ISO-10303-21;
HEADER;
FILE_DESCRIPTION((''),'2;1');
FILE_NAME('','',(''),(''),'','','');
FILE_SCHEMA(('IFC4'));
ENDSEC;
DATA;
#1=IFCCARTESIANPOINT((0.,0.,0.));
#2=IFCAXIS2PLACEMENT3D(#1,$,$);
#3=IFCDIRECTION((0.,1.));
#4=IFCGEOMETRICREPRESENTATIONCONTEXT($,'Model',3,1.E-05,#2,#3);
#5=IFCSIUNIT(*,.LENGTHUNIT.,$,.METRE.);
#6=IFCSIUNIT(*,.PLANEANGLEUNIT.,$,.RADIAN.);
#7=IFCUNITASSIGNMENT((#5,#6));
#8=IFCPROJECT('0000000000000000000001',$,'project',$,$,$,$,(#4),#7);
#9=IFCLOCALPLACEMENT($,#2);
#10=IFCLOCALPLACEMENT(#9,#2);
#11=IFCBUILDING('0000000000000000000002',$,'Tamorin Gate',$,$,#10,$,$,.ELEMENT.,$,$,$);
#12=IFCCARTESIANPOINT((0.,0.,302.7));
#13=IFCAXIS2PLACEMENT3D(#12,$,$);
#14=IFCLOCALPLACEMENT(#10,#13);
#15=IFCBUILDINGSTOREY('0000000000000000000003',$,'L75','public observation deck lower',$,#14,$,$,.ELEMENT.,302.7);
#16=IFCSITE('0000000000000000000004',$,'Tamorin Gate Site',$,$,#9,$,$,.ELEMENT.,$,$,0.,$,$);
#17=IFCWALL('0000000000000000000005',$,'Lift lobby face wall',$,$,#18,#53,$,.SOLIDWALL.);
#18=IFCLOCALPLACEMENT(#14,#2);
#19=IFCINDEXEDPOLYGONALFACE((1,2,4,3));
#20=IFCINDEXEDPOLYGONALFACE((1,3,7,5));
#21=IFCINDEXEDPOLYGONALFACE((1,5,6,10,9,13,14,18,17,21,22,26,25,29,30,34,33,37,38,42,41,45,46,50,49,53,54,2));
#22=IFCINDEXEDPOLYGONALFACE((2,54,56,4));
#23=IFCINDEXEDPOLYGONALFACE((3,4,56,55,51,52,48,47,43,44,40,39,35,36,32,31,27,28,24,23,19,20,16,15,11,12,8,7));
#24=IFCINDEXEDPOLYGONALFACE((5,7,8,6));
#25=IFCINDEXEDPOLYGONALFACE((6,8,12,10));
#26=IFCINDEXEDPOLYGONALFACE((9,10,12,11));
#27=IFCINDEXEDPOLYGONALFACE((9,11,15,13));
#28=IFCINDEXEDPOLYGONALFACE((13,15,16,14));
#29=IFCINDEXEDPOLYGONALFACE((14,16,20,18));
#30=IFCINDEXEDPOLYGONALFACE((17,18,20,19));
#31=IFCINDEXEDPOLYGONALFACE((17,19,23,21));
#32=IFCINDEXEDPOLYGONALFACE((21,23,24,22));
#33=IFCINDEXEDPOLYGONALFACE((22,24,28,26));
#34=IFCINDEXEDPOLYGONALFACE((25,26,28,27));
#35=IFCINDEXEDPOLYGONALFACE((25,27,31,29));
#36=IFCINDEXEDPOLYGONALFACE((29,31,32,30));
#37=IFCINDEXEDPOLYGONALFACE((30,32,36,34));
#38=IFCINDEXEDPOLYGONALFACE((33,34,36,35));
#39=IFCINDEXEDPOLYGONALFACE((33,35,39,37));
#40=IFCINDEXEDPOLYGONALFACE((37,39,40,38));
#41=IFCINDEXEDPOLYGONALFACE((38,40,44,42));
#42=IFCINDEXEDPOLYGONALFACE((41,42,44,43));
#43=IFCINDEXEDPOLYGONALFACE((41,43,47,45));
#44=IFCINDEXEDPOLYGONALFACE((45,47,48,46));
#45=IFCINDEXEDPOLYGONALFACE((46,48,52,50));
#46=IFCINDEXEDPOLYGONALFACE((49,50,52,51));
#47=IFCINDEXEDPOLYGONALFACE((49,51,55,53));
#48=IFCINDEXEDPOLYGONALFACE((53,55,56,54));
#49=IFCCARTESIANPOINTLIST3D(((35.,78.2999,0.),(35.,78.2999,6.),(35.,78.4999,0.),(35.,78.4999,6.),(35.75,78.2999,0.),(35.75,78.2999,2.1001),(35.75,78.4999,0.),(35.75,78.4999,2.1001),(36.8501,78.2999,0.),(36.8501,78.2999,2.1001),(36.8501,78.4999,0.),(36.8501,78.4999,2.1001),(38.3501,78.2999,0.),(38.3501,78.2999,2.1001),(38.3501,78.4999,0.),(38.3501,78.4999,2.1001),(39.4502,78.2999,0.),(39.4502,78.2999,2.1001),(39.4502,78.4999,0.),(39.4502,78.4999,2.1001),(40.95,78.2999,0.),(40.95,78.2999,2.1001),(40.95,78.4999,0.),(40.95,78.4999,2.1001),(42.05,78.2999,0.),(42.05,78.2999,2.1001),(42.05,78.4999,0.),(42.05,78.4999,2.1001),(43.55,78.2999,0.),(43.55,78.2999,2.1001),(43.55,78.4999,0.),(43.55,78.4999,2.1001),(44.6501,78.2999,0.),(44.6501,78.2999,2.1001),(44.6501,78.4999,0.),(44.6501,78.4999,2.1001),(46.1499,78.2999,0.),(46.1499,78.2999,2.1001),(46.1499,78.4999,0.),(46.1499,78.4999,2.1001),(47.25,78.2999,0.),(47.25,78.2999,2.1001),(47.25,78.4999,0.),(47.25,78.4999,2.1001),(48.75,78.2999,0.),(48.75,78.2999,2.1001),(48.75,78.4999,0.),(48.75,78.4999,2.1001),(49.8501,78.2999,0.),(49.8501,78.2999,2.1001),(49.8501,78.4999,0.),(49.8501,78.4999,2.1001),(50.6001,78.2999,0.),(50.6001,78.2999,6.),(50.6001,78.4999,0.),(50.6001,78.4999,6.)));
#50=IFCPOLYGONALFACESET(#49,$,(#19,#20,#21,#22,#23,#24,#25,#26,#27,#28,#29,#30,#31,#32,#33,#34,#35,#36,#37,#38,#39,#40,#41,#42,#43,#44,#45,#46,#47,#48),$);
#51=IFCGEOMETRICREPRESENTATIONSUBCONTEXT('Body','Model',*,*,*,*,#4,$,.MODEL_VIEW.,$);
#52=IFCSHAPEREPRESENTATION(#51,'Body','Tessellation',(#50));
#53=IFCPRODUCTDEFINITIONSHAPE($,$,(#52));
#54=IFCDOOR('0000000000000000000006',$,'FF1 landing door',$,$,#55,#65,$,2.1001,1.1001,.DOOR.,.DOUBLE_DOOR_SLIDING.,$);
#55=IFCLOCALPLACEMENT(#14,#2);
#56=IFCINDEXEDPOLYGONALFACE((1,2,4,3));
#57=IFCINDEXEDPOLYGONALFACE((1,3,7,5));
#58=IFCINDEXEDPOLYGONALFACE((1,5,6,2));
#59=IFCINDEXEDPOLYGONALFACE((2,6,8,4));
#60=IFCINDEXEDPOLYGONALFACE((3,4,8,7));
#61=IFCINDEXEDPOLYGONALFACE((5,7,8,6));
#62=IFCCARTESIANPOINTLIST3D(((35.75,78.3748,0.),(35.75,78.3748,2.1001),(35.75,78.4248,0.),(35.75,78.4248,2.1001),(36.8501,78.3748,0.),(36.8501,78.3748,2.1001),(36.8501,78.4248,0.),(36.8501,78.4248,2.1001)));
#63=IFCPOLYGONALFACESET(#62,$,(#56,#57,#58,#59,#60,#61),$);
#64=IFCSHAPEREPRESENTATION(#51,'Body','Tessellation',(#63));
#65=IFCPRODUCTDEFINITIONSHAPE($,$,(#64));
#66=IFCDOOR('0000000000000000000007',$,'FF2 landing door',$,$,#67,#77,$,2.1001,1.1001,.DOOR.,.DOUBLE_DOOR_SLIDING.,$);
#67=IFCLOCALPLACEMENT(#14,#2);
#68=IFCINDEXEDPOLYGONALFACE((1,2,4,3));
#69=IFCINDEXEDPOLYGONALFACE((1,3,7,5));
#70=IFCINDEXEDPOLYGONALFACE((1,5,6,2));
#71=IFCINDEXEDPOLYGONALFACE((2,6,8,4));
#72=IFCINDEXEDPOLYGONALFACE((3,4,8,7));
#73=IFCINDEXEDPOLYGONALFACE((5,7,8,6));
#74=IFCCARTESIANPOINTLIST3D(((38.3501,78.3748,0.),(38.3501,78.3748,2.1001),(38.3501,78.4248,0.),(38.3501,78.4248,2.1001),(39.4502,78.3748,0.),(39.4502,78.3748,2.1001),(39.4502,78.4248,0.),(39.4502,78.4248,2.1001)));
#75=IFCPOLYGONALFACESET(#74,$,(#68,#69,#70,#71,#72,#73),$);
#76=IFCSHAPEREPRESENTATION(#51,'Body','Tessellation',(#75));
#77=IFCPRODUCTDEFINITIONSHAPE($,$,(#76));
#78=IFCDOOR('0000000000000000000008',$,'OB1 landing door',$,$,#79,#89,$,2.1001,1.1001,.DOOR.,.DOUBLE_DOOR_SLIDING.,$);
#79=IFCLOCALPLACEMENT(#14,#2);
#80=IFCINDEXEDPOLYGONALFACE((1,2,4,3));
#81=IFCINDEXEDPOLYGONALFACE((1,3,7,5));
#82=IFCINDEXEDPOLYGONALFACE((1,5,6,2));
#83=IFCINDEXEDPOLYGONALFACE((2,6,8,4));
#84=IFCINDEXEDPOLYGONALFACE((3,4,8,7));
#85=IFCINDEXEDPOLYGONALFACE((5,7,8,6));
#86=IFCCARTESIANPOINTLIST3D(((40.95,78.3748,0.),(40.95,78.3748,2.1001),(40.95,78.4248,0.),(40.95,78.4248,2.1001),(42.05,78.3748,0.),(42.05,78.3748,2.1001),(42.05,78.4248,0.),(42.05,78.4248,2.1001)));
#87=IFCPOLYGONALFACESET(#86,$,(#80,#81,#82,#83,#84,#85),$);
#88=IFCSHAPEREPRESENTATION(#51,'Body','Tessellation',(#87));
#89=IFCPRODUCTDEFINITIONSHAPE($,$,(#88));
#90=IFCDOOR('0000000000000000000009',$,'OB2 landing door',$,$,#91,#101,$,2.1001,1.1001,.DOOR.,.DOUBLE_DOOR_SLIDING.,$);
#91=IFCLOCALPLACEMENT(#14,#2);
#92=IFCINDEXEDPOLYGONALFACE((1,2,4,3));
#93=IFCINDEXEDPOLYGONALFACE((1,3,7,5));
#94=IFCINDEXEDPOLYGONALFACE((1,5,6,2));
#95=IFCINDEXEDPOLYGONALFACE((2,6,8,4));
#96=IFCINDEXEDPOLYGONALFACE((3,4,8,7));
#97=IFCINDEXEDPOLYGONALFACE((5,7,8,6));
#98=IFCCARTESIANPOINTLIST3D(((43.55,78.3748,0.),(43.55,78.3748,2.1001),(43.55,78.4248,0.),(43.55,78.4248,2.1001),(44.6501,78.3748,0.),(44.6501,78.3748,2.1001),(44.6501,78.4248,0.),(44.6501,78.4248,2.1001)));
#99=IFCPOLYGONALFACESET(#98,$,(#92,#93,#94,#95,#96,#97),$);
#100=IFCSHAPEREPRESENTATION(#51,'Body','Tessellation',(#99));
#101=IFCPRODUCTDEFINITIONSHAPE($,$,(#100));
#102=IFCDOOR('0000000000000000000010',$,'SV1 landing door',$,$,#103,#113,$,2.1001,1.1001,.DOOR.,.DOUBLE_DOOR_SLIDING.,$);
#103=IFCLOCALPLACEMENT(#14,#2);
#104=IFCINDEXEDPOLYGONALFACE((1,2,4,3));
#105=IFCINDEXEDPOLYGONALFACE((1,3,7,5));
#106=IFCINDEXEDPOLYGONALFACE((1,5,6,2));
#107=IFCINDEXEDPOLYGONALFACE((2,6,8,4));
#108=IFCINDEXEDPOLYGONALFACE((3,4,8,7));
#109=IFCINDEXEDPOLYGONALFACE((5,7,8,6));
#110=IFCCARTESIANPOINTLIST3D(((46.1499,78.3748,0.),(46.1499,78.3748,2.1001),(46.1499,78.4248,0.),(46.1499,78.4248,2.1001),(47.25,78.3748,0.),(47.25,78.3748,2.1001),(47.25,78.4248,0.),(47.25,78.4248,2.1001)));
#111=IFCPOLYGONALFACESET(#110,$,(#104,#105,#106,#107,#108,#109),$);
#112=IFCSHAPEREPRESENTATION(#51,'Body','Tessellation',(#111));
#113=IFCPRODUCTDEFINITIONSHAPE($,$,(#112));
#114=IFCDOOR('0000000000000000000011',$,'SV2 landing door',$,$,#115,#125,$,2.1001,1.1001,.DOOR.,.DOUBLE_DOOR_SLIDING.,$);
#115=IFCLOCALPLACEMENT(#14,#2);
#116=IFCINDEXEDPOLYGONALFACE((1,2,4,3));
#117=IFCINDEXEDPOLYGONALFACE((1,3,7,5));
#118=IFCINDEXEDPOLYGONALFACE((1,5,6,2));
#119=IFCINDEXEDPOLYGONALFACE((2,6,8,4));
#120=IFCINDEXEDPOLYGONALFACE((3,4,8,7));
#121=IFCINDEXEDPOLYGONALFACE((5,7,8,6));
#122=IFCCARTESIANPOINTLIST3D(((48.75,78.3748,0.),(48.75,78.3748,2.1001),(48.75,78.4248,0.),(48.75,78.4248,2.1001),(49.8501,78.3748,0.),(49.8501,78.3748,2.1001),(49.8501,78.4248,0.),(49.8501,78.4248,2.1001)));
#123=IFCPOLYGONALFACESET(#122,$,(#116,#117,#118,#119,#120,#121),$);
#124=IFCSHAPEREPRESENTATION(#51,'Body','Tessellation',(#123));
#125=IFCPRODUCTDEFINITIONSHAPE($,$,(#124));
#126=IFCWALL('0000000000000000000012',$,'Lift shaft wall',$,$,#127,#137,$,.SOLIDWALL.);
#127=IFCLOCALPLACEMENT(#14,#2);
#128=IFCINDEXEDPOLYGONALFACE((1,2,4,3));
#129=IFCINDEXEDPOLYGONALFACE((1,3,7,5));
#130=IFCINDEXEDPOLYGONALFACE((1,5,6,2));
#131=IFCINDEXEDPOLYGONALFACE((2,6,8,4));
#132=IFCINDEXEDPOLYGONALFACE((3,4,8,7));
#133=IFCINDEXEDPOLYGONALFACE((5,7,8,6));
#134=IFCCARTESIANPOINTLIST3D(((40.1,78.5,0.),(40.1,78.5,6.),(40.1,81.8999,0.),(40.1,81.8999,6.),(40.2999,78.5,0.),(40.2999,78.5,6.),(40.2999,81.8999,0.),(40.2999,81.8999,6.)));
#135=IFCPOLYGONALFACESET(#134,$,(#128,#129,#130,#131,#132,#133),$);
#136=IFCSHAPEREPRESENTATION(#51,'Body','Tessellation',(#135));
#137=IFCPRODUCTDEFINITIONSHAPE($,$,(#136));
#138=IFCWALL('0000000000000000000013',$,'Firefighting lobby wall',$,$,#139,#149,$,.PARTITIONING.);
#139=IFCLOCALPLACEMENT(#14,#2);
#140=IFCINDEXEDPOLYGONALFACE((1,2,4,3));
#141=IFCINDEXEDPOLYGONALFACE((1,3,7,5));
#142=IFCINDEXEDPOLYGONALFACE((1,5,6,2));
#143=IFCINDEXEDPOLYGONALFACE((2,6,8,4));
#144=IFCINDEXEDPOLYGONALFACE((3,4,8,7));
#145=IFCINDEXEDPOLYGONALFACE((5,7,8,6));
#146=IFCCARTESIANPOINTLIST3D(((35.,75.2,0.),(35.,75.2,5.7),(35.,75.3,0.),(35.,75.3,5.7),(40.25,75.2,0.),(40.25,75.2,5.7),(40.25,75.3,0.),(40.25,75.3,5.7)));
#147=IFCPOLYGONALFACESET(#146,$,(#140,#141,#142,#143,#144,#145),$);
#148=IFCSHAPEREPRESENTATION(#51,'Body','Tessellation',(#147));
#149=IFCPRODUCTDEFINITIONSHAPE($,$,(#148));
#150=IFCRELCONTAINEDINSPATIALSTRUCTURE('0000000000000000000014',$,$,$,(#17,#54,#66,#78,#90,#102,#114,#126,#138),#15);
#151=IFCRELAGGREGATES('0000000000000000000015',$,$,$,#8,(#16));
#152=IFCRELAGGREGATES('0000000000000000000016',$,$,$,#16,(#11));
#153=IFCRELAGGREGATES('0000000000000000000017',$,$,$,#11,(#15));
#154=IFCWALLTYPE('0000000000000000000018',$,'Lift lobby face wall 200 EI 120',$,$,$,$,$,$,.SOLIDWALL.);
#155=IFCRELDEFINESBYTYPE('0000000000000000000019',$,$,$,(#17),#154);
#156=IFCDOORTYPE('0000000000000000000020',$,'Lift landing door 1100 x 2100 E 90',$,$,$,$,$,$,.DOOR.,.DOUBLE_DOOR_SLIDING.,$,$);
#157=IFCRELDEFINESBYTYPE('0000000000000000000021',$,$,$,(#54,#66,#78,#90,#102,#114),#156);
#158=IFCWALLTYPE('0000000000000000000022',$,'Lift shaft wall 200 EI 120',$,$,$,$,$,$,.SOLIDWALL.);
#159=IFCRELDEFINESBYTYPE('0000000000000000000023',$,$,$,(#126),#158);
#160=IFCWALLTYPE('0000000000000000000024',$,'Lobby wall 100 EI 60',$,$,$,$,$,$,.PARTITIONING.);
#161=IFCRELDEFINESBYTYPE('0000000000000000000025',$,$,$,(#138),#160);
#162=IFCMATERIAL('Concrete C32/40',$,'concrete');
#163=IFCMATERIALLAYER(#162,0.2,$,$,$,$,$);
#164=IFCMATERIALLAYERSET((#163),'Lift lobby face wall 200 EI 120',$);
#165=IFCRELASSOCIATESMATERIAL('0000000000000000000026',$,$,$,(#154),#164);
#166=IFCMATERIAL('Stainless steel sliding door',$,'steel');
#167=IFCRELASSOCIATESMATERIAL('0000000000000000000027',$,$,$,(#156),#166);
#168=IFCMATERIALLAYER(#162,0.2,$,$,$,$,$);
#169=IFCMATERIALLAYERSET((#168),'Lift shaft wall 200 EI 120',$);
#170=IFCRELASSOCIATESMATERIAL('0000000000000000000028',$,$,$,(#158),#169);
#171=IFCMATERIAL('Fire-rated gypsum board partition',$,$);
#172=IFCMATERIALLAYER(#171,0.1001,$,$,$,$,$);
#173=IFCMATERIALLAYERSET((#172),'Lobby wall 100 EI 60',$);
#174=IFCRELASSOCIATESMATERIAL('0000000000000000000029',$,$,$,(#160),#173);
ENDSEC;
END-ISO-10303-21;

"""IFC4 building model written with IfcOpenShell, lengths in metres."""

from ifc_helpers import new_model, si_unit, direction, frame, frame_2d, origin, place, context, subcontext, project, spatial, rectangle, extrude, material, layer, layer_set, type_object, element, fill, save


model = new_model("IFC4")

# Units and contexts
model_context = context("Model", 3, precision=1e-05, world=origin(), true_north=direction((0.0, 1.0)))
body_context = subcontext(model_context, "Body", "Model", "MODEL_VIEW")
ifc_project = project(units=[si_unit("LENGTHUNIT", "METRE"), si_unit("PLANEANGLEUNIT", "RADIAN")], contexts=[model_context])

# Site, building, storey
site_placement = place(None, origin())
site = spatial("IfcSite", under=ifc_project, at=site_placement, Name="Tamorin Gate Site", CompositionType="ELEMENT", RefElevation=0.0)
building_placement = place(site_placement, origin())
building = spatial("IfcBuilding", under=site, at=building_placement, Name="Tamorin Gate", CompositionType="ELEMENT")
storey_placement = place(building_placement, frame((0.0, 0.0, 302.7)))
storey = spatial("IfcBuildingStorey", under=building, at=storey_placement, Name="L75", Description="public observation deck lower", CompositionType="ELEMENT", Elevation=302.7)

# Wall, openings, doors
ifc_material_1 = material(Name="Concrete C32/40", Category="concrete")
ifc_layer_1 = layer(ifc_material_1, 0.2)
ifc_layer_set_1 = layer_set([ifc_layer_1], Name="Lift lobby face wall 200 EI 120")
wall_type_1 = type_object("IfcWallType", Name="Lift lobby face wall 200 EI 120", PredefinedType="SOLIDWALL", material=ifc_layer_set_1)
ifc_material_2 = material(Name="Stainless steel sliding door", Category="steel")
door_type_1 = type_object("IfcDoorType", Name="Lift landing door 1100 x 2100 E 90", OperationType="DOUBLE_DOOR_SLIDING", PredefinedType="DOOR", material=ifc_material_2)
wall_1_placement = place(storey_placement, frame((35.0, 78.3999, 0.0), z_axis=(0.0, 0.0, 1.0), x_axis=(1.0, 0.0, 0.0)))
wall_1 = element("IfcWall", 1, at=wall_1_placement, inside=storey, type_object=wall_type_1, Name="Lift lobby face wall", PredefinedType="SOLIDWALL", context=body_context, shape_type="SweptSolid", body=[
    extrude(rectangle(XDim=15.6001, YDim=0.2, at=frame_2d((7.8, 0.0))), origin(), (0.0, 0.0, 1.0), 6.0),
])
opening_1_placement = place(wall_1_placement, frame((0.75, 0.0, 0.0)))
opening_1 = element("IfcOpeningElement", 2, at=opening_1_placement, cuts=wall_1, PredefinedType="OPENING", context=body_context, shape_type="SweptSolid", body=[
    extrude(rectangle(XDim=1.1001, YDim=2.1001, at=frame_2d((0.55, 1.05))), frame((0.0, 0.1099, 0.0), z_axis=(0.0, -1.0, 0.0), x_axis=(1.0, 0.0, 0.0)), (0.0, 0.0, 1.0), 0.22),
])
opening_2_placement = place(wall_1_placement, frame((3.3501, 0.0, 0.0)))
opening_2 = element("IfcOpeningElement", 3, at=opening_2_placement, cuts=wall_1, PredefinedType="OPENING", context=body_context, shape_type="SweptSolid", body=[
    extrude(rectangle(XDim=1.1001, YDim=2.1001, at=frame_2d((0.55, 1.05))), frame((0.0, 0.1099, 0.0), z_axis=(0.0, -1.0, 0.0), x_axis=(1.0, 0.0, 0.0)), (0.0, 0.0, 1.0), 0.22),
])
opening_3_placement = place(wall_1_placement, frame((5.95, 0.0, 0.0)))
opening_3 = element("IfcOpeningElement", 4, at=opening_3_placement, cuts=wall_1, PredefinedType="OPENING", context=body_context, shape_type="SweptSolid", body=[
    extrude(rectangle(XDim=1.1001, YDim=2.1001, at=frame_2d((0.55, 1.05))), frame((0.0, 0.1099, 0.0), z_axis=(0.0, -1.0, 0.0), x_axis=(1.0, 0.0, 0.0)), (0.0, 0.0, 1.0), 0.22),
])
opening_4_placement = place(wall_1_placement, frame((8.55, 0.0, 0.0)))
opening_4 = element("IfcOpeningElement", 5, at=opening_4_placement, cuts=wall_1, PredefinedType="OPENING", context=body_context, shape_type="SweptSolid", body=[
    extrude(rectangle(XDim=1.1001, YDim=2.1001, at=frame_2d((0.55, 1.05))), frame((0.0, 0.1099, 0.0), z_axis=(0.0, -1.0, 0.0), x_axis=(1.0, 0.0, 0.0)), (0.0, 0.0, 1.0), 0.22),
])
opening_5_placement = place(wall_1_placement, frame((11.1499, 0.0, 0.0)))
opening_5 = element("IfcOpeningElement", 6, at=opening_5_placement, cuts=wall_1, PredefinedType="OPENING", context=body_context, shape_type="SweptSolid", body=[
    extrude(rectangle(XDim=1.1001, YDim=2.1001, at=frame_2d((0.55, 1.05))), frame((0.0, 0.1099, 0.0), z_axis=(0.0, -1.0, 0.0), x_axis=(1.0, 0.0, 0.0)), (0.0, 0.0, 1.0), 0.22),
])
opening_6_placement = place(wall_1_placement, frame((13.75, 0.0, 0.0)))
opening_6 = element("IfcOpeningElement", 7, at=opening_6_placement, cuts=wall_1, PredefinedType="OPENING", context=body_context, shape_type="SweptSolid", body=[
    extrude(rectangle(XDim=1.1001, YDim=2.1001, at=frame_2d((0.55, 1.05))), frame((0.0, 0.1099, 0.0), z_axis=(0.0, -1.0, 0.0), x_axis=(1.0, 0.0, 0.0)), (0.0, 0.0, 1.0), 0.22),
])
door_1_placement = place(opening_1_placement, origin())
door_1 = element("IfcDoor", 8, at=door_1_placement, inside=storey, type_object=door_type_1, Name="FF1 landing door", OperationType="DOUBLE_DOOR_SLIDING", OverallHeight=2.1001, OverallWidth=1.1001, PredefinedType="DOOR", context=body_context, shape_type="SweptSolid", body=[
    extrude(rectangle(XDim=1.1001, YDim=2.1001, at=frame_2d((0.55, 1.05))), frame((0.0, 0.0249, 0.0), z_axis=(0.0, -1.0, 0.0), x_axis=(1.0, 0.0, 0.0)), (0.0, 0.0, 1.0), 0.05),
])
fill(opening_1, door_1)
door_2_placement = place(opening_2_placement, origin())
door_2 = element("IfcDoor", 9, at=door_2_placement, inside=storey, type_object=door_type_1, Name="FF2 landing door", OperationType="DOUBLE_DOOR_SLIDING", OverallHeight=2.1001, OverallWidth=1.1001, PredefinedType="DOOR", context=body_context, shape_type="SweptSolid", body=[
    extrude(rectangle(XDim=1.1001, YDim=2.1001, at=frame_2d((0.55, 1.05))), frame((0.0, 0.0249, 0.0), z_axis=(0.0, -1.0, 0.0), x_axis=(1.0, 0.0, 0.0)), (0.0, 0.0, 1.0), 0.05),
])
fill(opening_2, door_2)
door_3_placement = place(opening_3_placement, origin())
door_3 = element("IfcDoor", 10, at=door_3_placement, inside=storey, type_object=door_type_1, Name="OB1 landing door", OperationType="DOUBLE_DOOR_SLIDING", OverallHeight=2.1001, OverallWidth=1.1001, PredefinedType="DOOR", context=body_context, shape_type="SweptSolid", body=[
    extrude(rectangle(XDim=1.1001, YDim=2.1001, at=frame_2d((0.55, 1.05))), frame((0.0, 0.0249, 0.0), z_axis=(0.0, -1.0, 0.0), x_axis=(1.0, 0.0, 0.0)), (0.0, 0.0, 1.0), 0.05),
])
fill(opening_3, door_3)
door_4_placement = place(opening_4_placement, origin())
door_4 = element("IfcDoor", 11, at=door_4_placement, inside=storey, type_object=door_type_1, Name="OB2 landing door", OperationType="DOUBLE_DOOR_SLIDING", OverallHeight=2.1001, OverallWidth=1.1001, PredefinedType="DOOR", context=body_context, shape_type="SweptSolid", body=[
    extrude(rectangle(XDim=1.1001, YDim=2.1001, at=frame_2d((0.55, 1.05))), frame((0.0, 0.0249, 0.0), z_axis=(0.0, -1.0, 0.0), x_axis=(1.0, 0.0, 0.0)), (0.0, 0.0, 1.0), 0.05),
])
fill(opening_4, door_4)
door_5_placement = place(opening_5_placement, origin())
door_5 = element("IfcDoor", 12, at=door_5_placement, inside=storey, type_object=door_type_1, Name="SV1 landing door", OperationType="DOUBLE_DOOR_SLIDING", OverallHeight=2.1001, OverallWidth=1.1001, PredefinedType="DOOR", context=body_context, shape_type="SweptSolid", body=[
    extrude(rectangle(XDim=1.1001, YDim=2.1001, at=frame_2d((0.55, 1.05))), frame((0.0, 0.0249, 0.0), z_axis=(0.0, -1.0, 0.0), x_axis=(1.0, 0.0, 0.0)), (0.0, 0.0, 1.0), 0.05),
])
fill(opening_5, door_5)
door_6_placement = place(opening_6_placement, origin())
door_6 = element("IfcDoor", 13, at=door_6_placement, inside=storey, type_object=door_type_1, Name="SV2 landing door", OperationType="DOUBLE_DOOR_SLIDING", OverallHeight=2.1001, OverallWidth=1.1001, PredefinedType="DOOR", context=body_context, shape_type="SweptSolid", body=[
    extrude(rectangle(XDim=1.1001, YDim=2.1001, at=frame_2d((0.55, 1.05))), frame((0.0, 0.0249, 0.0), z_axis=(0.0, -1.0, 0.0), x_axis=(1.0, 0.0, 0.0)), (0.0, 0.0, 1.0), 0.05),
])
fill(opening_6, door_6)

# Walls
ifc_layer_2 = layer(ifc_material_1, 0.2)
ifc_layer_set_2 = layer_set([ifc_layer_2], Name="Lift shaft wall 200 EI 120")
wall_type_2 = type_object("IfcWallType", Name="Lift shaft wall 200 EI 120", PredefinedType="SOLIDWALL", material=ifc_layer_set_2)
wall_2_placement = place(storey_placement, frame((40.2, 78.5, 0.0), z_axis=(0.0, 0.0, 1.0), x_axis=(0.0, 1.0, 0.0)))
element("IfcWall", 14, at=wall_2_placement, inside=storey, type_object=wall_type_2, Name="Lift shaft wall", PredefinedType="SOLIDWALL", context=body_context, shape_type="SweptSolid", body=[
    extrude(rectangle(XDim=3.3999, YDim=0.2, at=frame_2d((1.7, 0.0))), origin(), (0.0, 0.0, 1.0), 6.0),
])
ifc_material_3 = material(Name="Fire-rated gypsum board partition")
ifc_layer_3 = layer(ifc_material_3, 0.1001)
ifc_layer_set_3 = layer_set([ifc_layer_3], Name="Lobby wall 100 EI 60")
wall_type_3 = type_object("IfcWallType", Name="Lobby wall 100 EI 60", PredefinedType="PARTITIONING", material=ifc_layer_set_3)
wall_3_placement = place(storey_placement, frame((35.0, 75.25, 0.0), z_axis=(0.0, 0.0, 1.0), x_axis=(1.0, 0.0, 0.0)))
element("IfcWall", 15, at=wall_3_placement, inside=storey, type_object=wall_type_3, Name="Firefighting lobby wall", PredefinedType="PARTITIONING", context=body_context, shape_type="SweptSolid", body=[
    extrude(rectangle(XDim=5.25, YDim=0.1001, at=frame_2d((2.625, 0.0))), origin(), (0.0, 0.0, 1.0), 5.7),
])

save(model, "model.ifc")
